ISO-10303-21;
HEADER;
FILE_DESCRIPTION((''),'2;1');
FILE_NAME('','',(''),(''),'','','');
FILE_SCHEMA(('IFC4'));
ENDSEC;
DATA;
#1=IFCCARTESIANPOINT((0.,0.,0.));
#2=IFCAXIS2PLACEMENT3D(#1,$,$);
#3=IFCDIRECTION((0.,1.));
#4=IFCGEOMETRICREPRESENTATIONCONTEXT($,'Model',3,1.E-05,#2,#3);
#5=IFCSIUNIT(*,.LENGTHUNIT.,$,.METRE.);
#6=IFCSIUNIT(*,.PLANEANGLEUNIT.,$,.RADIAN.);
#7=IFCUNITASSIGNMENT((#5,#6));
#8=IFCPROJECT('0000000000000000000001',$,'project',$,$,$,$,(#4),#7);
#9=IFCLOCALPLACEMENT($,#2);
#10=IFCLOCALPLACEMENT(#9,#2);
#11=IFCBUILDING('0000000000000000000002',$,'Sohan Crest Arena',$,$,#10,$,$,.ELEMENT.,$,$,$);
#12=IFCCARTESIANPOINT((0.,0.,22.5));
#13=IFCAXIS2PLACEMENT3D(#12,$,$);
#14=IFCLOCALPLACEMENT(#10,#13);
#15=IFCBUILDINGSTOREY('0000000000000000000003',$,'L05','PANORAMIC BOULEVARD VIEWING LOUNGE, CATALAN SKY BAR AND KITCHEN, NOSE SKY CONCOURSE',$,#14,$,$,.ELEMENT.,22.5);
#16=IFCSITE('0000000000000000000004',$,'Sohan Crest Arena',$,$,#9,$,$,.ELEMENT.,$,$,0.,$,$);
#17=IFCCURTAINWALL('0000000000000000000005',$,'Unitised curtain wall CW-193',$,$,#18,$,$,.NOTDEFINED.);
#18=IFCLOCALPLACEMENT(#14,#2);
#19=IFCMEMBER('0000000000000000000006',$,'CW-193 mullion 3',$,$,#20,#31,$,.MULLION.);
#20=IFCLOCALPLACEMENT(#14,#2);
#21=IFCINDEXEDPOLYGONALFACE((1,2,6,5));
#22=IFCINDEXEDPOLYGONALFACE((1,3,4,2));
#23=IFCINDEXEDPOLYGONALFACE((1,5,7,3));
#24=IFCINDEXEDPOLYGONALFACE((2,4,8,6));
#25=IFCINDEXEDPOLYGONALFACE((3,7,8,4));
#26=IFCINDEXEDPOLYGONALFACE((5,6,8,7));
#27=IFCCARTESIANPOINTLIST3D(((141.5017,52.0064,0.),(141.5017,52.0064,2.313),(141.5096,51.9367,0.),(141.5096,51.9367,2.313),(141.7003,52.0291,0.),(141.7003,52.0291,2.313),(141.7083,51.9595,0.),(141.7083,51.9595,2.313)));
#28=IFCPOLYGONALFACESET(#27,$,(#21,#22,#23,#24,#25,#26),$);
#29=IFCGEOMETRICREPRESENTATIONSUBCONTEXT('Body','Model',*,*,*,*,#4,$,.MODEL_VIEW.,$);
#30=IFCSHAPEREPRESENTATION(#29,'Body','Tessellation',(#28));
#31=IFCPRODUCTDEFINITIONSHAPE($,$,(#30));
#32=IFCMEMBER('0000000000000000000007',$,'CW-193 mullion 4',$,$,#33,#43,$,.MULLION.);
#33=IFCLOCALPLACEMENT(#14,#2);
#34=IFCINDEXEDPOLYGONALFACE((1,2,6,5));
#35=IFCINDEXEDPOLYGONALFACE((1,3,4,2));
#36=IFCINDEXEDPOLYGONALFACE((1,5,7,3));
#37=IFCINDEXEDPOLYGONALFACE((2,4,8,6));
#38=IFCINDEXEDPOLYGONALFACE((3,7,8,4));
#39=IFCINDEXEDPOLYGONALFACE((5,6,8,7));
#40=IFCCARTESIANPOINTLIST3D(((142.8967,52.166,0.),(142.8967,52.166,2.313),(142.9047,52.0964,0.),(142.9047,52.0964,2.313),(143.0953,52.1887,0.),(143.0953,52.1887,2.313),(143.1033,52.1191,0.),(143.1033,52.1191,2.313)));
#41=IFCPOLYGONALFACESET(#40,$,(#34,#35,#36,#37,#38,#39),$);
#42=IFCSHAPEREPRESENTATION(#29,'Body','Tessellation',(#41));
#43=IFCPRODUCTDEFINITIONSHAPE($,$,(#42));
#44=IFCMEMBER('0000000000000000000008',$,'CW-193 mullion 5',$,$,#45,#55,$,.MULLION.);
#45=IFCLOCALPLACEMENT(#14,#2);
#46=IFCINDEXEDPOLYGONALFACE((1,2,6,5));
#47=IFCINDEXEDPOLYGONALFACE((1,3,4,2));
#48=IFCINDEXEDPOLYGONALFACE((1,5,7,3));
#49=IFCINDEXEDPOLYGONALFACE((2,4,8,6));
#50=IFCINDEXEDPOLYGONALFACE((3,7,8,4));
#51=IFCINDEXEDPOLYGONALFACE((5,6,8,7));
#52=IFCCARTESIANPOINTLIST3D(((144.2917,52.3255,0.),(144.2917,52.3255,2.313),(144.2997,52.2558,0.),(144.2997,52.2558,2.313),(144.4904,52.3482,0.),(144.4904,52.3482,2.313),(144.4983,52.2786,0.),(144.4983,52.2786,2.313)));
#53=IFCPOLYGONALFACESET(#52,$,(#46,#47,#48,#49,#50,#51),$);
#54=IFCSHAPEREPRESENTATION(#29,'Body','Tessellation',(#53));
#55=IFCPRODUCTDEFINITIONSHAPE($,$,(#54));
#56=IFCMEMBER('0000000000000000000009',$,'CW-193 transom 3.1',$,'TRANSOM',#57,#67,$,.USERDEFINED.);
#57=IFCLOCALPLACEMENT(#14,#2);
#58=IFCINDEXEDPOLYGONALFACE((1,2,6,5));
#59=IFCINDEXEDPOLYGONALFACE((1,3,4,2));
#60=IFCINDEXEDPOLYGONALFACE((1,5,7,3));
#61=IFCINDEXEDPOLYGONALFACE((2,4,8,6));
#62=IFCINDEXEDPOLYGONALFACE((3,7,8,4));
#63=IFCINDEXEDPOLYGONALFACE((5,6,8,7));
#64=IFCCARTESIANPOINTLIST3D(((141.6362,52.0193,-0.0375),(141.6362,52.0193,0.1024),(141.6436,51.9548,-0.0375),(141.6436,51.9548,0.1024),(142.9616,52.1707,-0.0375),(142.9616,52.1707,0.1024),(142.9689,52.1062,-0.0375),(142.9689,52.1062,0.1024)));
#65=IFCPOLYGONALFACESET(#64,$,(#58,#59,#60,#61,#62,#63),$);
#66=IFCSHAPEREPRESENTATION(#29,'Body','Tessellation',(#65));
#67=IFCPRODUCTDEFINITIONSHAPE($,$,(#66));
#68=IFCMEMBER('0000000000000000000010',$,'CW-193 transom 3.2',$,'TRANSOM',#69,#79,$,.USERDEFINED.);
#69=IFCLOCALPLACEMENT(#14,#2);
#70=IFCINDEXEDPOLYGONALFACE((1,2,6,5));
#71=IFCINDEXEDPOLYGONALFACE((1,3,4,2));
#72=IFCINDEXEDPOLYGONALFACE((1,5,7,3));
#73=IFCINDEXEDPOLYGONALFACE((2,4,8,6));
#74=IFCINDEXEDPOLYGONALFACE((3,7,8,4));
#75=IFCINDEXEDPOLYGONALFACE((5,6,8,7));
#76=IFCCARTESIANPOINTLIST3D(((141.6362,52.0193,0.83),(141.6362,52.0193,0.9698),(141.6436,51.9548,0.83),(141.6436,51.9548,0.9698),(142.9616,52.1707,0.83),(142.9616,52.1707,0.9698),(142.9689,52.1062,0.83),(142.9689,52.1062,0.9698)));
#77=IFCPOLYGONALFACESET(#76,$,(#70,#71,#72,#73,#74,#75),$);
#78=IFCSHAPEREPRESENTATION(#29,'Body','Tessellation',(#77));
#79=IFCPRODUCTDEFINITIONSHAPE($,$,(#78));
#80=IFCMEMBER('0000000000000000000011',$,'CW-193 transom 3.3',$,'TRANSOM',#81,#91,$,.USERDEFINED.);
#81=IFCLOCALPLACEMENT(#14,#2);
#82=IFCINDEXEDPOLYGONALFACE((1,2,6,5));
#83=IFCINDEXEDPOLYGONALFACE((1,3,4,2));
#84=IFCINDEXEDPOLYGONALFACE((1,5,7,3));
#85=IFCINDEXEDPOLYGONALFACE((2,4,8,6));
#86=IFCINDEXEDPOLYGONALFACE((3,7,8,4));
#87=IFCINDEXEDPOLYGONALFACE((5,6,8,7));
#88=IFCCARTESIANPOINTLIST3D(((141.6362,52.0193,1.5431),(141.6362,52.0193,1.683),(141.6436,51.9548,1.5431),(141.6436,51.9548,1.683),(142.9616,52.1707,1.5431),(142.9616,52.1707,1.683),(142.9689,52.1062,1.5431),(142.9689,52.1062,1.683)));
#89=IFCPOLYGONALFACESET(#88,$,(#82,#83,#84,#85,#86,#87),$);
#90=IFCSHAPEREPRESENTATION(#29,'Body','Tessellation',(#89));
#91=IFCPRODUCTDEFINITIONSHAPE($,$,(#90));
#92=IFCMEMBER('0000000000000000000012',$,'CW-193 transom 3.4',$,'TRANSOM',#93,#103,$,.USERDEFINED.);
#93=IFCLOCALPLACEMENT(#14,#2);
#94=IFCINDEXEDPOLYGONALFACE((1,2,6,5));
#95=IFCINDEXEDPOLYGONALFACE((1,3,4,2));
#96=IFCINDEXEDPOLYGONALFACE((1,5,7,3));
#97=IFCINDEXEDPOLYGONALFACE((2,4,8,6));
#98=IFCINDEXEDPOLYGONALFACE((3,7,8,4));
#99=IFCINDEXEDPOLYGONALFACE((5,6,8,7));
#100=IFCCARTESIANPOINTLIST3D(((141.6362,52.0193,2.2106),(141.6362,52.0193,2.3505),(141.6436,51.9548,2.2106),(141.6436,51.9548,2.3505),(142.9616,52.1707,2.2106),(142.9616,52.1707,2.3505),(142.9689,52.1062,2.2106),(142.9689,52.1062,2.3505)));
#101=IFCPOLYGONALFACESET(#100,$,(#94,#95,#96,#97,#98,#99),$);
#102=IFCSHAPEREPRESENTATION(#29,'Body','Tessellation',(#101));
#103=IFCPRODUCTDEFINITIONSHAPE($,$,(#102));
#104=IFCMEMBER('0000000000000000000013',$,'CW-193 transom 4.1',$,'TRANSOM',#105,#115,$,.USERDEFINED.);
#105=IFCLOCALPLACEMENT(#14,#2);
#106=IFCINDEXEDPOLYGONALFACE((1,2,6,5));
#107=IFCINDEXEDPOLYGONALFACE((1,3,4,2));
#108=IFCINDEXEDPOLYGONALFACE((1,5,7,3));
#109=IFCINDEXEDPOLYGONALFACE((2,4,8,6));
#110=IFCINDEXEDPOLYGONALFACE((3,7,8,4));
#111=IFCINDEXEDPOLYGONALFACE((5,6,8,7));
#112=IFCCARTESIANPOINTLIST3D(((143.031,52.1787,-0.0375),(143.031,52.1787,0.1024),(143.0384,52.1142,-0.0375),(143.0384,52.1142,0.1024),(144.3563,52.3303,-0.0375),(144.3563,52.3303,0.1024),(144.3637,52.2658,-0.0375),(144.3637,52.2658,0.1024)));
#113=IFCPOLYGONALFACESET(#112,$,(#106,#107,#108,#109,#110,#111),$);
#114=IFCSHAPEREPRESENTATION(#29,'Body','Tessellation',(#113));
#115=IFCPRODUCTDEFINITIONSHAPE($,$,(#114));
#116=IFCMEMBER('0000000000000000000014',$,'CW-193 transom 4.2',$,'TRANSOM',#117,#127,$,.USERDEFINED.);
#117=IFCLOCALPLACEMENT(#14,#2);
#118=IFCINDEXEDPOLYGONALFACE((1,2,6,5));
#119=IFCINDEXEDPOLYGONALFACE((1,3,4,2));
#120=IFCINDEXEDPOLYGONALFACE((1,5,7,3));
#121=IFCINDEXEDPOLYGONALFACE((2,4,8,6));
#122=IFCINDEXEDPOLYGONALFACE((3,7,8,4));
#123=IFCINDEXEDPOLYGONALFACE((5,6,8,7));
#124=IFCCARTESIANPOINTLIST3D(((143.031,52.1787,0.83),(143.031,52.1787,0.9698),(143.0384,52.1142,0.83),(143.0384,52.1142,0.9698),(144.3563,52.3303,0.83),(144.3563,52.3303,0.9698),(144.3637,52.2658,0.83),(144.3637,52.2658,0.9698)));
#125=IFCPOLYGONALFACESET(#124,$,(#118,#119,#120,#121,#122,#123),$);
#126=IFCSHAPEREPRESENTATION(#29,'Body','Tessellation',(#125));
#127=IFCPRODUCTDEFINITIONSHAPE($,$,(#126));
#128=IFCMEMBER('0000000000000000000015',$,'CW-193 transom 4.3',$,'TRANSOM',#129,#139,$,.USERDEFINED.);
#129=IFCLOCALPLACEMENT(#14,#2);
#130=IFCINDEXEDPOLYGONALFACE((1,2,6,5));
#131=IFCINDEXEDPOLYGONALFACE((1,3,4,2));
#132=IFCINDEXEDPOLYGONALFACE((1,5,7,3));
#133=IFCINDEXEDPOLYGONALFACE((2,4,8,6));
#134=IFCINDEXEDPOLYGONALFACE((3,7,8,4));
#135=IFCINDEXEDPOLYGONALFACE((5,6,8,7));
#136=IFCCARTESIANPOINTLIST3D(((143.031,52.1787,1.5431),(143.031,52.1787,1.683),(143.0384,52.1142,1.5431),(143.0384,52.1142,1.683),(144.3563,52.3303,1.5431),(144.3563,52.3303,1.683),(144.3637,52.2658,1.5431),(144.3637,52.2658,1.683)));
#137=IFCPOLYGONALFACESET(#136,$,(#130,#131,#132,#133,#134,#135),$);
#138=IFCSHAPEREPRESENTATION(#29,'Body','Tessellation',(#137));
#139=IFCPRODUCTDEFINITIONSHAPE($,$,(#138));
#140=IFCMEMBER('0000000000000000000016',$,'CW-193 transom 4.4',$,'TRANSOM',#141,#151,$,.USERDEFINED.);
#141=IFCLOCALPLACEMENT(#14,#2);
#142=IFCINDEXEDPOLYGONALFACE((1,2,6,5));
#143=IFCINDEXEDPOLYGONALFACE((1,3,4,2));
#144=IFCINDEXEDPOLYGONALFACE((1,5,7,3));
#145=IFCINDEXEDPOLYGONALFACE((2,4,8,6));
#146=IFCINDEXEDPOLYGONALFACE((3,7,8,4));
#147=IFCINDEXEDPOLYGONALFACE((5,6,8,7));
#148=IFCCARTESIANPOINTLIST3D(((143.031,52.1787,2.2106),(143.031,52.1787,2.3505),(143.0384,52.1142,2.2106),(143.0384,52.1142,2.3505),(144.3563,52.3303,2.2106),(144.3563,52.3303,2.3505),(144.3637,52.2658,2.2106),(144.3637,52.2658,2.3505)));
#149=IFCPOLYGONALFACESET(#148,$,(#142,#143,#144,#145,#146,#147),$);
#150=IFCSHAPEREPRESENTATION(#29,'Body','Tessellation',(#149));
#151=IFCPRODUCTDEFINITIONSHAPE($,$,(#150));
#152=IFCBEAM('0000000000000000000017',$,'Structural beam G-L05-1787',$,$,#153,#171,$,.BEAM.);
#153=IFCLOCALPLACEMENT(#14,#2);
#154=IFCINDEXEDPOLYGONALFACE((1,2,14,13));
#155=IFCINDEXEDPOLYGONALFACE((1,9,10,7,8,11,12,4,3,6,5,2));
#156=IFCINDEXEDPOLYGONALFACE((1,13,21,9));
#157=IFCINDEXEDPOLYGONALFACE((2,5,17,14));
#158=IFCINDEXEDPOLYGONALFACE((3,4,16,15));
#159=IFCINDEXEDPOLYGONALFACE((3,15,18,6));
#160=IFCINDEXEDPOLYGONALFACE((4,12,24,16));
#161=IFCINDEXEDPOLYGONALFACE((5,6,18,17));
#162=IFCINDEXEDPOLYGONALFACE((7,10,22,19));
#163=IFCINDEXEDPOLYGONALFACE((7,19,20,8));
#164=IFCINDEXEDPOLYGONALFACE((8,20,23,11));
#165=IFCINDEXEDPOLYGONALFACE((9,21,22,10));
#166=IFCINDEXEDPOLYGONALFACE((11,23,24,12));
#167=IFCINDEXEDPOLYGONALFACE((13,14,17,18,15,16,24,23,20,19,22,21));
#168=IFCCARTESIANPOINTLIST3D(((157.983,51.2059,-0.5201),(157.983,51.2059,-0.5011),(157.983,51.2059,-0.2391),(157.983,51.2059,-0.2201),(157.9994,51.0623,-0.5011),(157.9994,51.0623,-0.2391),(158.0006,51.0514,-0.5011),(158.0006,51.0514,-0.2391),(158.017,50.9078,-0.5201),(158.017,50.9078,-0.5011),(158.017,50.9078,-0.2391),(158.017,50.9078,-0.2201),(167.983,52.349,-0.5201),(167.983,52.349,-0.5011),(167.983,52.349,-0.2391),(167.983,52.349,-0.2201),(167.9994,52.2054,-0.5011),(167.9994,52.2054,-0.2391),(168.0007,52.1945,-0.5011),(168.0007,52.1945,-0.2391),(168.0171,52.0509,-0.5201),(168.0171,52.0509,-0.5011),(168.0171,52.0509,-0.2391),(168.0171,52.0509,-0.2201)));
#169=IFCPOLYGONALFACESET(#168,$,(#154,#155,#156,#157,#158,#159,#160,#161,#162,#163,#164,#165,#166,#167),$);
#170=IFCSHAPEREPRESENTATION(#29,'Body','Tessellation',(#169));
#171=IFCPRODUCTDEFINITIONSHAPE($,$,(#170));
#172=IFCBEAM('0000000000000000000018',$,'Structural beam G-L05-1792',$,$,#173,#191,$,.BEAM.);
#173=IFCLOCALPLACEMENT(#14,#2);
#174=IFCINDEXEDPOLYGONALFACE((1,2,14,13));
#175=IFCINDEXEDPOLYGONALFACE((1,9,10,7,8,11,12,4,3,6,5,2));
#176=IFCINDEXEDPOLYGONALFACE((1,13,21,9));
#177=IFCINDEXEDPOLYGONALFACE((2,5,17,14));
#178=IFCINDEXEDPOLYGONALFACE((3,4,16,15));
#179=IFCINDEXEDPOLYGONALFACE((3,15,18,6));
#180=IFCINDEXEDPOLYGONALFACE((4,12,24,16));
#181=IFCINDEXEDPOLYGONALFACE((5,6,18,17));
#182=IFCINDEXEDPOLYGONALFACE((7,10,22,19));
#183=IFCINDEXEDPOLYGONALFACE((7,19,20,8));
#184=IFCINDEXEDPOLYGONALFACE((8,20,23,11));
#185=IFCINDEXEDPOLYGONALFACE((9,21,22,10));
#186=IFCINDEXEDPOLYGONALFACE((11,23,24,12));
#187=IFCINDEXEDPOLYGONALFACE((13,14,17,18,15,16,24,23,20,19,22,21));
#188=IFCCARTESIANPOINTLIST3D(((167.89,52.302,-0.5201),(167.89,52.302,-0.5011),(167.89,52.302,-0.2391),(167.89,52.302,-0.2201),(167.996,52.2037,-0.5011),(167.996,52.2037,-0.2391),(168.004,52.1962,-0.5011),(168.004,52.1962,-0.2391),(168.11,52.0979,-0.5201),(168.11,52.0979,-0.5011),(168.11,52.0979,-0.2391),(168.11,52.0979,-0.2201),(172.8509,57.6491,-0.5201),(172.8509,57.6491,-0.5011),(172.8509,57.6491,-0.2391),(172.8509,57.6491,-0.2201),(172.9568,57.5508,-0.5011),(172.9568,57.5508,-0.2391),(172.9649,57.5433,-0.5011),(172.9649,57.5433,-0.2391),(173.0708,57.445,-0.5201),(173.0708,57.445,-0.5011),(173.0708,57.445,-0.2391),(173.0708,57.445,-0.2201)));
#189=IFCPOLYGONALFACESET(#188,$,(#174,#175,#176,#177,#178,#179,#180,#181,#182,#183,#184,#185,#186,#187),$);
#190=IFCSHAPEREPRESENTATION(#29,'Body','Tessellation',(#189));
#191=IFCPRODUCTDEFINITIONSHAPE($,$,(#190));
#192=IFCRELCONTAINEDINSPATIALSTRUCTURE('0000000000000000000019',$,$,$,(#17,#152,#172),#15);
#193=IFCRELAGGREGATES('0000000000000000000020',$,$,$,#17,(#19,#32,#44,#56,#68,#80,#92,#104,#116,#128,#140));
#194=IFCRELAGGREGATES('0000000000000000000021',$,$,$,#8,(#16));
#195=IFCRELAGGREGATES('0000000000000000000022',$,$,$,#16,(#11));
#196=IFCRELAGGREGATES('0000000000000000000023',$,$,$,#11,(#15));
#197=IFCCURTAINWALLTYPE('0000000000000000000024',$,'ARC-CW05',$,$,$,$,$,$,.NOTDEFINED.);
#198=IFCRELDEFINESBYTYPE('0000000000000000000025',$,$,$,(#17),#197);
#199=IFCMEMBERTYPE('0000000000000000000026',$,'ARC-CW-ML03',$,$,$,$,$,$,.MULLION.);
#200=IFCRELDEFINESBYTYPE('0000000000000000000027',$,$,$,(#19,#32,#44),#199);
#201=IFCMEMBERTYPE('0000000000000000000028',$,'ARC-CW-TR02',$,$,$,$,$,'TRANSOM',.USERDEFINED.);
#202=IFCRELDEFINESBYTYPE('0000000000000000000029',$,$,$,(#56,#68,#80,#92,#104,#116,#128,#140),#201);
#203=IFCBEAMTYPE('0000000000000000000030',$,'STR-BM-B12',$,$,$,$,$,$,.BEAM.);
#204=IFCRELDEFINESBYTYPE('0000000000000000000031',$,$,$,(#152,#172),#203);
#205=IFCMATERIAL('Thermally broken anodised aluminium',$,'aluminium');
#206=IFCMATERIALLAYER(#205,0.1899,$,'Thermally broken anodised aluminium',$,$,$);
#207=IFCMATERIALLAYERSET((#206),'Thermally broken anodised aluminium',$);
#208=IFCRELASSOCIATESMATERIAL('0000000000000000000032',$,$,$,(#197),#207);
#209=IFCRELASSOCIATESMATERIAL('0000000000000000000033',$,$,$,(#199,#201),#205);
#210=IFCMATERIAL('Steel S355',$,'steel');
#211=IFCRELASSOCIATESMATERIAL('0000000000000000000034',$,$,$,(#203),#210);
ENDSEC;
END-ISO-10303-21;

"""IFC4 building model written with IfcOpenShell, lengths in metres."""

from ifc_helpers import new_model, si_unit, direction, frame, origin, origin_2d, place, context, subcontext, project, spatial, rectangle, i_section, extrude, material, layer, layer_set, material_profile, profile_set, type_object, element, aggregate, save


model = new_model("IFC4")

# Units and contexts
model_context = context("Model", 3, precision=1e-05, world=origin(), true_north=direction((0.0, 1.0)))
body_context = subcontext(model_context, "Body", "Model", "MODEL_VIEW")
ifc_project = project(units=[si_unit("LENGTHUNIT", "METRE"), si_unit("PLANEANGLEUNIT", "RADIAN")], contexts=[model_context])

# Site, building, storey
site_placement = place(None, origin())
site = spatial("IfcSite", under=ifc_project, at=site_placement, Name="Sohan Crest Arena", CompositionType="ELEMENT", RefElevation=0.0)
building_placement = place(site_placement, origin())
building = spatial("IfcBuilding", under=site, at=building_placement, Name="Sohan Crest Arena", CompositionType="ELEMENT")
storey_placement = place(building_placement, frame((0.0, 0.0, 22.5)))
storey = spatial("IfcBuildingStorey", under=building, at=storey_placement, Name="L05", Description="PANORAMIC BOULEVARD VIEWING LOUNGE, CATALAN SKY BAR AND KITCHEN, NOSE SKY CONCOURSE", CompositionType="ELEMENT", Elevation=22.5)

# Curtain wall, members
ifc_material_1 = material(Name="Thermally broken anodised aluminium", Category="aluminium")
ifc_layer_1 = layer(ifc_material_1, 0.1899, Name="Thermally broken anodised aluminium")
ifc_layer_set_1 = layer_set([ifc_layer_1], Name="Thermally broken anodised aluminium")
curtain_wall_type = type_object("IfcCurtainWallType", Name="ARC-CW05", PredefinedType="NOTDEFINED", material=ifc_layer_set_1)
curtain_wall_placement = place(storey_placement, origin())
curtain_wall = element("IfcCurtainWall", 1, at=curtain_wall_placement, inside=storey, type_object=curtain_wall_type, Name="Unitised curtain wall CW-193", PredefinedType="NOTDEFINED")
ifc_material_profile_1 = material_profile(ifc_material_1, rectangle(XDim=0.0701, YDim=0.2, at=origin_2d()), Name="ALU-MULL 70x200")
ifc_profile_set_1 = profile_set([ifc_material_profile_1], Name="Thermally broken anodised aluminium")
member_type_1 = type_object("IfcMemberType", Name="ARC-CW-ML03", PredefinedType="MULLION", material=ifc_profile_set_1)
member_1_placement = place(storey_placement, frame((141.605, 51.9829, 0.0), z_axis=(0.0, 0.0, 1.0), x_axis=(-0.113597, 0.993527, 0.0)))
member_1 = element("IfcMember", 2, at=member_1_placement, type_object=member_type_1, Name="CW-193 mullion 3", PredefinedType="MULLION", context=body_context, shape_type="SweptSolid", body=[
    extrude(rectangle(XDim=0.0701, YDim=0.2, at=origin_2d()), origin(), (0.0, 0.0, 1.0), 2.313),
])
member_2_placement = place(storey_placement, frame((143.0, 52.1426, 0.0), z_axis=(0.0, 0.0, 1.0), x_axis=(-0.113597, 0.993527, 0.0)))
member_2 = element("IfcMember", 3, at=member_2_placement, type_object=member_type_1, Name="CW-193 mullion 4", PredefinedType="MULLION", context=body_context, shape_type="SweptSolid", body=[
    extrude(rectangle(XDim=0.0701, YDim=0.2, at=origin_2d()), origin(), (0.0, 0.0, 1.0), 2.313),
])
member_3_placement = place(storey_placement, frame((144.395, 52.302, 0.0), z_axis=(0.0, 0.0, 1.0), x_axis=(-0.113597, 0.993527, 0.0)))
member_3 = element("IfcMember", 4, at=member_3_placement, type_object=member_type_1, Name="CW-193 mullion 5", PredefinedType="MULLION", context=body_context, shape_type="SweptSolid", body=[
    extrude(rectangle(XDim=0.0701, YDim=0.2, at=origin_2d()), origin(), (0.0, 0.0, 1.0), 2.313),
])
ifc_material_profile_2 = material_profile(ifc_material_1, rectangle(XDim=0.0649, YDim=0.1399, at=origin_2d()), Name="ALU-TRAN 65x140")
ifc_profile_set_2 = profile_set([ifc_material_profile_2], Name="Thermally broken anodised aluminium")
member_type_2 = type_object("IfcMemberType", Name="ARC-CW-TR02", ElementType="TRANSOM", PredefinedType="USERDEFINED", material=ifc_profile_set_2)
member_4_placement = place(storey_placement, frame((141.6399, 51.9871, 0.0325), z_axis=(0.993542, 0.113464, 0.0), x_axis=(-0.113464, 0.993542, 0.0)))
member_4 = element("IfcMember", 5, at=member_4_placement, type_object=member_type_2, Name="CW-193 transom 3.1", ObjectType="TRANSOM", PredefinedType="USERDEFINED", context=body_context, shape_type="SweptSolid", body=[
    extrude(rectangle(XDim=0.0649, YDim=0.1399, at=origin_2d()), origin(), (0.0, 0.0, 1.0), 1.334),
])
member_5_placement = place(storey_placement, frame((141.6399, 51.9871, 0.8999), z_axis=(0.993542, 0.113464, 0.0), x_axis=(-0.113464, 0.993542, 0.0)))
member_5 = element("IfcMember", 6, at=member_5_placement, type_object=member_type_2, Name="CW-193 transom 3.2", ObjectType="TRANSOM", PredefinedType="USERDEFINED", context=body_context, shape_type="SweptSolid", body=[
    extrude(rectangle(XDim=0.0649, YDim=0.1399, at=origin_2d()), origin(), (0.0, 0.0, 1.0), 1.334),
])
member_6_placement = place(storey_placement, frame((141.6399, 51.9871, 1.613), z_axis=(0.993542, 0.113464, 0.0), x_axis=(-0.113464, 0.993542, 0.0)))
member_6 = element("IfcMember", 7, at=member_6_placement, type_object=member_type_2, Name="CW-193 transom 3.3", ObjectType="TRANSOM", PredefinedType="USERDEFINED", context=body_context, shape_type="SweptSolid", body=[
    extrude(rectangle(XDim=0.0649, YDim=0.1399, at=origin_2d()), origin(), (0.0, 0.0, 1.0), 1.334),
])
member_7_placement = place(storey_placement, frame((141.6399, 51.9871, 2.2805), z_axis=(0.993542, 0.113464, 0.0), x_axis=(-0.113464, 0.993542, 0.0)))
member_7 = element("IfcMember", 8, at=member_7_placement, type_object=member_type_2, Name="CW-193 transom 3.4", ObjectType="TRANSOM", PredefinedType="USERDEFINED", context=body_context, shape_type="SweptSolid", body=[
    extrude(rectangle(XDim=0.0649, YDim=0.1399, at=origin_2d()), origin(), (0.0, 0.0, 1.0), 1.334),
])
member_8_placement = place(storey_placement, frame((143.0347, 52.1465, 0.0325), z_axis=(0.993521, 0.113645, 0.0), x_axis=(-0.113645, 0.993521, 0.0)))
member_8 = element("IfcMember", 9, at=member_8_placement, type_object=member_type_2, Name="CW-193 transom 4.1", ObjectType="TRANSOM", PredefinedType="USERDEFINED", context=body_context, shape_type="SweptSolid", body=[
    extrude(rectangle(XDim=0.0649, YDim=0.1399, at=origin_2d()), origin(), (0.0, 0.0, 1.0), 1.334),
])
member_9_placement = place(storey_placement, frame((143.0347, 52.1465, 0.8999), z_axis=(0.993521, 0.113645, 0.0), x_axis=(-0.113645, 0.993521, 0.0)))
member_9 = element("IfcMember", 10, at=member_9_placement, type_object=member_type_2, Name="CW-193 transom 4.2", ObjectType="TRANSOM", PredefinedType="USERDEFINED", context=body_context, shape_type="SweptSolid", body=[
    extrude(rectangle(XDim=0.0649, YDim=0.1399, at=origin_2d()), origin(), (0.0, 0.0, 1.0), 1.334),
])
member_10_placement = place(storey_placement, frame((143.0347, 52.1465, 1.613), z_axis=(0.993521, 0.113645, 0.0), x_axis=(-0.113645, 0.993521, 0.0)))
member_10 = element("IfcMember", 11, at=member_10_placement, type_object=member_type_2, Name="CW-193 transom 4.3", ObjectType="TRANSOM", PredefinedType="USERDEFINED", context=body_context, shape_type="SweptSolid", body=[
    extrude(rectangle(XDim=0.0649, YDim=0.1399, at=origin_2d()), origin(), (0.0, 0.0, 1.0), 1.334),
])
member_11_placement = place(storey_placement, frame((143.0347, 52.1465, 2.2805), z_axis=(0.993521, 0.113645, 0.0), x_axis=(-0.113645, 0.993521, 0.0)))
member_11 = element("IfcMember", 12, at=member_11_placement, type_object=member_type_2, Name="CW-193 transom 4.4", ObjectType="TRANSOM", PredefinedType="USERDEFINED", context=body_context, shape_type="SweptSolid", body=[
    extrude(rectangle(XDim=0.0649, YDim=0.1399, at=origin_2d()), origin(), (0.0, 0.0, 1.0), 1.334),
])

# Beams
ifc_material_2 = material(Name="Steel S355", Category="steel")
ifc_material_profile_3 = material_profile(ifc_material_2, i_section(OverallWidth=0.3, OverallDepth=0.3, WebThickness=0.011, FlangeThickness=0.019, at=origin_2d()), Name="HEB 300")
ifc_profile_set_3 = profile_set([ifc_material_profile_3], Name="Steel S355")
beam_type_1 = type_object("IfcBeamType", Name="STR-BM-B12", PredefinedType="BEAM", material=ifc_profile_set_3)
beam_1_placement = place(storey_placement, frame((158.0, 51.0569, -0.3701), z_axis=(0.99353, 0.113567, 0.0), x_axis=(-0.113567, 0.99353, 0.0)))
element("IfcBeam", 13, at=beam_1_placement, inside=storey, type_object=beam_type_1, Name="Structural beam G-L05-1787", PredefinedType="BEAM", context=body_context, shape_type="SweptSolid", body=[
    extrude(i_section(OverallWidth=0.3, OverallDepth=0.3, WebThickness=0.011, FlangeThickness=0.019, at=origin_2d()), origin(), (0.0, 0.0, 1.0), 10.0652),
])
beam_2_placement = place(storey_placement, frame((168.0, 52.2, -0.3701), z_axis=(0.680135, 0.733087, 0.0), x_axis=(-0.733087, 0.680135, 0.0)))
element("IfcBeam", 14, at=beam_2_placement, inside=storey, type_object=beam_type_1, Name="Structural beam G-L05-1792", PredefinedType="BEAM", context=body_context, shape_type="SweptSolid", body=[
    extrude(i_section(OverallWidth=0.3, OverallDepth=0.3, WebThickness=0.011, FlangeThickness=0.019, at=origin_2d()), origin(), (0.0, 0.0, 1.0), 7.2939),
])

aggregate(curtain_wall, [member_1, member_2, member_3, member_4, member_5, member_6, member_7, member_8, member_9, member_10, member_11])

save(model, "model.ifc")
